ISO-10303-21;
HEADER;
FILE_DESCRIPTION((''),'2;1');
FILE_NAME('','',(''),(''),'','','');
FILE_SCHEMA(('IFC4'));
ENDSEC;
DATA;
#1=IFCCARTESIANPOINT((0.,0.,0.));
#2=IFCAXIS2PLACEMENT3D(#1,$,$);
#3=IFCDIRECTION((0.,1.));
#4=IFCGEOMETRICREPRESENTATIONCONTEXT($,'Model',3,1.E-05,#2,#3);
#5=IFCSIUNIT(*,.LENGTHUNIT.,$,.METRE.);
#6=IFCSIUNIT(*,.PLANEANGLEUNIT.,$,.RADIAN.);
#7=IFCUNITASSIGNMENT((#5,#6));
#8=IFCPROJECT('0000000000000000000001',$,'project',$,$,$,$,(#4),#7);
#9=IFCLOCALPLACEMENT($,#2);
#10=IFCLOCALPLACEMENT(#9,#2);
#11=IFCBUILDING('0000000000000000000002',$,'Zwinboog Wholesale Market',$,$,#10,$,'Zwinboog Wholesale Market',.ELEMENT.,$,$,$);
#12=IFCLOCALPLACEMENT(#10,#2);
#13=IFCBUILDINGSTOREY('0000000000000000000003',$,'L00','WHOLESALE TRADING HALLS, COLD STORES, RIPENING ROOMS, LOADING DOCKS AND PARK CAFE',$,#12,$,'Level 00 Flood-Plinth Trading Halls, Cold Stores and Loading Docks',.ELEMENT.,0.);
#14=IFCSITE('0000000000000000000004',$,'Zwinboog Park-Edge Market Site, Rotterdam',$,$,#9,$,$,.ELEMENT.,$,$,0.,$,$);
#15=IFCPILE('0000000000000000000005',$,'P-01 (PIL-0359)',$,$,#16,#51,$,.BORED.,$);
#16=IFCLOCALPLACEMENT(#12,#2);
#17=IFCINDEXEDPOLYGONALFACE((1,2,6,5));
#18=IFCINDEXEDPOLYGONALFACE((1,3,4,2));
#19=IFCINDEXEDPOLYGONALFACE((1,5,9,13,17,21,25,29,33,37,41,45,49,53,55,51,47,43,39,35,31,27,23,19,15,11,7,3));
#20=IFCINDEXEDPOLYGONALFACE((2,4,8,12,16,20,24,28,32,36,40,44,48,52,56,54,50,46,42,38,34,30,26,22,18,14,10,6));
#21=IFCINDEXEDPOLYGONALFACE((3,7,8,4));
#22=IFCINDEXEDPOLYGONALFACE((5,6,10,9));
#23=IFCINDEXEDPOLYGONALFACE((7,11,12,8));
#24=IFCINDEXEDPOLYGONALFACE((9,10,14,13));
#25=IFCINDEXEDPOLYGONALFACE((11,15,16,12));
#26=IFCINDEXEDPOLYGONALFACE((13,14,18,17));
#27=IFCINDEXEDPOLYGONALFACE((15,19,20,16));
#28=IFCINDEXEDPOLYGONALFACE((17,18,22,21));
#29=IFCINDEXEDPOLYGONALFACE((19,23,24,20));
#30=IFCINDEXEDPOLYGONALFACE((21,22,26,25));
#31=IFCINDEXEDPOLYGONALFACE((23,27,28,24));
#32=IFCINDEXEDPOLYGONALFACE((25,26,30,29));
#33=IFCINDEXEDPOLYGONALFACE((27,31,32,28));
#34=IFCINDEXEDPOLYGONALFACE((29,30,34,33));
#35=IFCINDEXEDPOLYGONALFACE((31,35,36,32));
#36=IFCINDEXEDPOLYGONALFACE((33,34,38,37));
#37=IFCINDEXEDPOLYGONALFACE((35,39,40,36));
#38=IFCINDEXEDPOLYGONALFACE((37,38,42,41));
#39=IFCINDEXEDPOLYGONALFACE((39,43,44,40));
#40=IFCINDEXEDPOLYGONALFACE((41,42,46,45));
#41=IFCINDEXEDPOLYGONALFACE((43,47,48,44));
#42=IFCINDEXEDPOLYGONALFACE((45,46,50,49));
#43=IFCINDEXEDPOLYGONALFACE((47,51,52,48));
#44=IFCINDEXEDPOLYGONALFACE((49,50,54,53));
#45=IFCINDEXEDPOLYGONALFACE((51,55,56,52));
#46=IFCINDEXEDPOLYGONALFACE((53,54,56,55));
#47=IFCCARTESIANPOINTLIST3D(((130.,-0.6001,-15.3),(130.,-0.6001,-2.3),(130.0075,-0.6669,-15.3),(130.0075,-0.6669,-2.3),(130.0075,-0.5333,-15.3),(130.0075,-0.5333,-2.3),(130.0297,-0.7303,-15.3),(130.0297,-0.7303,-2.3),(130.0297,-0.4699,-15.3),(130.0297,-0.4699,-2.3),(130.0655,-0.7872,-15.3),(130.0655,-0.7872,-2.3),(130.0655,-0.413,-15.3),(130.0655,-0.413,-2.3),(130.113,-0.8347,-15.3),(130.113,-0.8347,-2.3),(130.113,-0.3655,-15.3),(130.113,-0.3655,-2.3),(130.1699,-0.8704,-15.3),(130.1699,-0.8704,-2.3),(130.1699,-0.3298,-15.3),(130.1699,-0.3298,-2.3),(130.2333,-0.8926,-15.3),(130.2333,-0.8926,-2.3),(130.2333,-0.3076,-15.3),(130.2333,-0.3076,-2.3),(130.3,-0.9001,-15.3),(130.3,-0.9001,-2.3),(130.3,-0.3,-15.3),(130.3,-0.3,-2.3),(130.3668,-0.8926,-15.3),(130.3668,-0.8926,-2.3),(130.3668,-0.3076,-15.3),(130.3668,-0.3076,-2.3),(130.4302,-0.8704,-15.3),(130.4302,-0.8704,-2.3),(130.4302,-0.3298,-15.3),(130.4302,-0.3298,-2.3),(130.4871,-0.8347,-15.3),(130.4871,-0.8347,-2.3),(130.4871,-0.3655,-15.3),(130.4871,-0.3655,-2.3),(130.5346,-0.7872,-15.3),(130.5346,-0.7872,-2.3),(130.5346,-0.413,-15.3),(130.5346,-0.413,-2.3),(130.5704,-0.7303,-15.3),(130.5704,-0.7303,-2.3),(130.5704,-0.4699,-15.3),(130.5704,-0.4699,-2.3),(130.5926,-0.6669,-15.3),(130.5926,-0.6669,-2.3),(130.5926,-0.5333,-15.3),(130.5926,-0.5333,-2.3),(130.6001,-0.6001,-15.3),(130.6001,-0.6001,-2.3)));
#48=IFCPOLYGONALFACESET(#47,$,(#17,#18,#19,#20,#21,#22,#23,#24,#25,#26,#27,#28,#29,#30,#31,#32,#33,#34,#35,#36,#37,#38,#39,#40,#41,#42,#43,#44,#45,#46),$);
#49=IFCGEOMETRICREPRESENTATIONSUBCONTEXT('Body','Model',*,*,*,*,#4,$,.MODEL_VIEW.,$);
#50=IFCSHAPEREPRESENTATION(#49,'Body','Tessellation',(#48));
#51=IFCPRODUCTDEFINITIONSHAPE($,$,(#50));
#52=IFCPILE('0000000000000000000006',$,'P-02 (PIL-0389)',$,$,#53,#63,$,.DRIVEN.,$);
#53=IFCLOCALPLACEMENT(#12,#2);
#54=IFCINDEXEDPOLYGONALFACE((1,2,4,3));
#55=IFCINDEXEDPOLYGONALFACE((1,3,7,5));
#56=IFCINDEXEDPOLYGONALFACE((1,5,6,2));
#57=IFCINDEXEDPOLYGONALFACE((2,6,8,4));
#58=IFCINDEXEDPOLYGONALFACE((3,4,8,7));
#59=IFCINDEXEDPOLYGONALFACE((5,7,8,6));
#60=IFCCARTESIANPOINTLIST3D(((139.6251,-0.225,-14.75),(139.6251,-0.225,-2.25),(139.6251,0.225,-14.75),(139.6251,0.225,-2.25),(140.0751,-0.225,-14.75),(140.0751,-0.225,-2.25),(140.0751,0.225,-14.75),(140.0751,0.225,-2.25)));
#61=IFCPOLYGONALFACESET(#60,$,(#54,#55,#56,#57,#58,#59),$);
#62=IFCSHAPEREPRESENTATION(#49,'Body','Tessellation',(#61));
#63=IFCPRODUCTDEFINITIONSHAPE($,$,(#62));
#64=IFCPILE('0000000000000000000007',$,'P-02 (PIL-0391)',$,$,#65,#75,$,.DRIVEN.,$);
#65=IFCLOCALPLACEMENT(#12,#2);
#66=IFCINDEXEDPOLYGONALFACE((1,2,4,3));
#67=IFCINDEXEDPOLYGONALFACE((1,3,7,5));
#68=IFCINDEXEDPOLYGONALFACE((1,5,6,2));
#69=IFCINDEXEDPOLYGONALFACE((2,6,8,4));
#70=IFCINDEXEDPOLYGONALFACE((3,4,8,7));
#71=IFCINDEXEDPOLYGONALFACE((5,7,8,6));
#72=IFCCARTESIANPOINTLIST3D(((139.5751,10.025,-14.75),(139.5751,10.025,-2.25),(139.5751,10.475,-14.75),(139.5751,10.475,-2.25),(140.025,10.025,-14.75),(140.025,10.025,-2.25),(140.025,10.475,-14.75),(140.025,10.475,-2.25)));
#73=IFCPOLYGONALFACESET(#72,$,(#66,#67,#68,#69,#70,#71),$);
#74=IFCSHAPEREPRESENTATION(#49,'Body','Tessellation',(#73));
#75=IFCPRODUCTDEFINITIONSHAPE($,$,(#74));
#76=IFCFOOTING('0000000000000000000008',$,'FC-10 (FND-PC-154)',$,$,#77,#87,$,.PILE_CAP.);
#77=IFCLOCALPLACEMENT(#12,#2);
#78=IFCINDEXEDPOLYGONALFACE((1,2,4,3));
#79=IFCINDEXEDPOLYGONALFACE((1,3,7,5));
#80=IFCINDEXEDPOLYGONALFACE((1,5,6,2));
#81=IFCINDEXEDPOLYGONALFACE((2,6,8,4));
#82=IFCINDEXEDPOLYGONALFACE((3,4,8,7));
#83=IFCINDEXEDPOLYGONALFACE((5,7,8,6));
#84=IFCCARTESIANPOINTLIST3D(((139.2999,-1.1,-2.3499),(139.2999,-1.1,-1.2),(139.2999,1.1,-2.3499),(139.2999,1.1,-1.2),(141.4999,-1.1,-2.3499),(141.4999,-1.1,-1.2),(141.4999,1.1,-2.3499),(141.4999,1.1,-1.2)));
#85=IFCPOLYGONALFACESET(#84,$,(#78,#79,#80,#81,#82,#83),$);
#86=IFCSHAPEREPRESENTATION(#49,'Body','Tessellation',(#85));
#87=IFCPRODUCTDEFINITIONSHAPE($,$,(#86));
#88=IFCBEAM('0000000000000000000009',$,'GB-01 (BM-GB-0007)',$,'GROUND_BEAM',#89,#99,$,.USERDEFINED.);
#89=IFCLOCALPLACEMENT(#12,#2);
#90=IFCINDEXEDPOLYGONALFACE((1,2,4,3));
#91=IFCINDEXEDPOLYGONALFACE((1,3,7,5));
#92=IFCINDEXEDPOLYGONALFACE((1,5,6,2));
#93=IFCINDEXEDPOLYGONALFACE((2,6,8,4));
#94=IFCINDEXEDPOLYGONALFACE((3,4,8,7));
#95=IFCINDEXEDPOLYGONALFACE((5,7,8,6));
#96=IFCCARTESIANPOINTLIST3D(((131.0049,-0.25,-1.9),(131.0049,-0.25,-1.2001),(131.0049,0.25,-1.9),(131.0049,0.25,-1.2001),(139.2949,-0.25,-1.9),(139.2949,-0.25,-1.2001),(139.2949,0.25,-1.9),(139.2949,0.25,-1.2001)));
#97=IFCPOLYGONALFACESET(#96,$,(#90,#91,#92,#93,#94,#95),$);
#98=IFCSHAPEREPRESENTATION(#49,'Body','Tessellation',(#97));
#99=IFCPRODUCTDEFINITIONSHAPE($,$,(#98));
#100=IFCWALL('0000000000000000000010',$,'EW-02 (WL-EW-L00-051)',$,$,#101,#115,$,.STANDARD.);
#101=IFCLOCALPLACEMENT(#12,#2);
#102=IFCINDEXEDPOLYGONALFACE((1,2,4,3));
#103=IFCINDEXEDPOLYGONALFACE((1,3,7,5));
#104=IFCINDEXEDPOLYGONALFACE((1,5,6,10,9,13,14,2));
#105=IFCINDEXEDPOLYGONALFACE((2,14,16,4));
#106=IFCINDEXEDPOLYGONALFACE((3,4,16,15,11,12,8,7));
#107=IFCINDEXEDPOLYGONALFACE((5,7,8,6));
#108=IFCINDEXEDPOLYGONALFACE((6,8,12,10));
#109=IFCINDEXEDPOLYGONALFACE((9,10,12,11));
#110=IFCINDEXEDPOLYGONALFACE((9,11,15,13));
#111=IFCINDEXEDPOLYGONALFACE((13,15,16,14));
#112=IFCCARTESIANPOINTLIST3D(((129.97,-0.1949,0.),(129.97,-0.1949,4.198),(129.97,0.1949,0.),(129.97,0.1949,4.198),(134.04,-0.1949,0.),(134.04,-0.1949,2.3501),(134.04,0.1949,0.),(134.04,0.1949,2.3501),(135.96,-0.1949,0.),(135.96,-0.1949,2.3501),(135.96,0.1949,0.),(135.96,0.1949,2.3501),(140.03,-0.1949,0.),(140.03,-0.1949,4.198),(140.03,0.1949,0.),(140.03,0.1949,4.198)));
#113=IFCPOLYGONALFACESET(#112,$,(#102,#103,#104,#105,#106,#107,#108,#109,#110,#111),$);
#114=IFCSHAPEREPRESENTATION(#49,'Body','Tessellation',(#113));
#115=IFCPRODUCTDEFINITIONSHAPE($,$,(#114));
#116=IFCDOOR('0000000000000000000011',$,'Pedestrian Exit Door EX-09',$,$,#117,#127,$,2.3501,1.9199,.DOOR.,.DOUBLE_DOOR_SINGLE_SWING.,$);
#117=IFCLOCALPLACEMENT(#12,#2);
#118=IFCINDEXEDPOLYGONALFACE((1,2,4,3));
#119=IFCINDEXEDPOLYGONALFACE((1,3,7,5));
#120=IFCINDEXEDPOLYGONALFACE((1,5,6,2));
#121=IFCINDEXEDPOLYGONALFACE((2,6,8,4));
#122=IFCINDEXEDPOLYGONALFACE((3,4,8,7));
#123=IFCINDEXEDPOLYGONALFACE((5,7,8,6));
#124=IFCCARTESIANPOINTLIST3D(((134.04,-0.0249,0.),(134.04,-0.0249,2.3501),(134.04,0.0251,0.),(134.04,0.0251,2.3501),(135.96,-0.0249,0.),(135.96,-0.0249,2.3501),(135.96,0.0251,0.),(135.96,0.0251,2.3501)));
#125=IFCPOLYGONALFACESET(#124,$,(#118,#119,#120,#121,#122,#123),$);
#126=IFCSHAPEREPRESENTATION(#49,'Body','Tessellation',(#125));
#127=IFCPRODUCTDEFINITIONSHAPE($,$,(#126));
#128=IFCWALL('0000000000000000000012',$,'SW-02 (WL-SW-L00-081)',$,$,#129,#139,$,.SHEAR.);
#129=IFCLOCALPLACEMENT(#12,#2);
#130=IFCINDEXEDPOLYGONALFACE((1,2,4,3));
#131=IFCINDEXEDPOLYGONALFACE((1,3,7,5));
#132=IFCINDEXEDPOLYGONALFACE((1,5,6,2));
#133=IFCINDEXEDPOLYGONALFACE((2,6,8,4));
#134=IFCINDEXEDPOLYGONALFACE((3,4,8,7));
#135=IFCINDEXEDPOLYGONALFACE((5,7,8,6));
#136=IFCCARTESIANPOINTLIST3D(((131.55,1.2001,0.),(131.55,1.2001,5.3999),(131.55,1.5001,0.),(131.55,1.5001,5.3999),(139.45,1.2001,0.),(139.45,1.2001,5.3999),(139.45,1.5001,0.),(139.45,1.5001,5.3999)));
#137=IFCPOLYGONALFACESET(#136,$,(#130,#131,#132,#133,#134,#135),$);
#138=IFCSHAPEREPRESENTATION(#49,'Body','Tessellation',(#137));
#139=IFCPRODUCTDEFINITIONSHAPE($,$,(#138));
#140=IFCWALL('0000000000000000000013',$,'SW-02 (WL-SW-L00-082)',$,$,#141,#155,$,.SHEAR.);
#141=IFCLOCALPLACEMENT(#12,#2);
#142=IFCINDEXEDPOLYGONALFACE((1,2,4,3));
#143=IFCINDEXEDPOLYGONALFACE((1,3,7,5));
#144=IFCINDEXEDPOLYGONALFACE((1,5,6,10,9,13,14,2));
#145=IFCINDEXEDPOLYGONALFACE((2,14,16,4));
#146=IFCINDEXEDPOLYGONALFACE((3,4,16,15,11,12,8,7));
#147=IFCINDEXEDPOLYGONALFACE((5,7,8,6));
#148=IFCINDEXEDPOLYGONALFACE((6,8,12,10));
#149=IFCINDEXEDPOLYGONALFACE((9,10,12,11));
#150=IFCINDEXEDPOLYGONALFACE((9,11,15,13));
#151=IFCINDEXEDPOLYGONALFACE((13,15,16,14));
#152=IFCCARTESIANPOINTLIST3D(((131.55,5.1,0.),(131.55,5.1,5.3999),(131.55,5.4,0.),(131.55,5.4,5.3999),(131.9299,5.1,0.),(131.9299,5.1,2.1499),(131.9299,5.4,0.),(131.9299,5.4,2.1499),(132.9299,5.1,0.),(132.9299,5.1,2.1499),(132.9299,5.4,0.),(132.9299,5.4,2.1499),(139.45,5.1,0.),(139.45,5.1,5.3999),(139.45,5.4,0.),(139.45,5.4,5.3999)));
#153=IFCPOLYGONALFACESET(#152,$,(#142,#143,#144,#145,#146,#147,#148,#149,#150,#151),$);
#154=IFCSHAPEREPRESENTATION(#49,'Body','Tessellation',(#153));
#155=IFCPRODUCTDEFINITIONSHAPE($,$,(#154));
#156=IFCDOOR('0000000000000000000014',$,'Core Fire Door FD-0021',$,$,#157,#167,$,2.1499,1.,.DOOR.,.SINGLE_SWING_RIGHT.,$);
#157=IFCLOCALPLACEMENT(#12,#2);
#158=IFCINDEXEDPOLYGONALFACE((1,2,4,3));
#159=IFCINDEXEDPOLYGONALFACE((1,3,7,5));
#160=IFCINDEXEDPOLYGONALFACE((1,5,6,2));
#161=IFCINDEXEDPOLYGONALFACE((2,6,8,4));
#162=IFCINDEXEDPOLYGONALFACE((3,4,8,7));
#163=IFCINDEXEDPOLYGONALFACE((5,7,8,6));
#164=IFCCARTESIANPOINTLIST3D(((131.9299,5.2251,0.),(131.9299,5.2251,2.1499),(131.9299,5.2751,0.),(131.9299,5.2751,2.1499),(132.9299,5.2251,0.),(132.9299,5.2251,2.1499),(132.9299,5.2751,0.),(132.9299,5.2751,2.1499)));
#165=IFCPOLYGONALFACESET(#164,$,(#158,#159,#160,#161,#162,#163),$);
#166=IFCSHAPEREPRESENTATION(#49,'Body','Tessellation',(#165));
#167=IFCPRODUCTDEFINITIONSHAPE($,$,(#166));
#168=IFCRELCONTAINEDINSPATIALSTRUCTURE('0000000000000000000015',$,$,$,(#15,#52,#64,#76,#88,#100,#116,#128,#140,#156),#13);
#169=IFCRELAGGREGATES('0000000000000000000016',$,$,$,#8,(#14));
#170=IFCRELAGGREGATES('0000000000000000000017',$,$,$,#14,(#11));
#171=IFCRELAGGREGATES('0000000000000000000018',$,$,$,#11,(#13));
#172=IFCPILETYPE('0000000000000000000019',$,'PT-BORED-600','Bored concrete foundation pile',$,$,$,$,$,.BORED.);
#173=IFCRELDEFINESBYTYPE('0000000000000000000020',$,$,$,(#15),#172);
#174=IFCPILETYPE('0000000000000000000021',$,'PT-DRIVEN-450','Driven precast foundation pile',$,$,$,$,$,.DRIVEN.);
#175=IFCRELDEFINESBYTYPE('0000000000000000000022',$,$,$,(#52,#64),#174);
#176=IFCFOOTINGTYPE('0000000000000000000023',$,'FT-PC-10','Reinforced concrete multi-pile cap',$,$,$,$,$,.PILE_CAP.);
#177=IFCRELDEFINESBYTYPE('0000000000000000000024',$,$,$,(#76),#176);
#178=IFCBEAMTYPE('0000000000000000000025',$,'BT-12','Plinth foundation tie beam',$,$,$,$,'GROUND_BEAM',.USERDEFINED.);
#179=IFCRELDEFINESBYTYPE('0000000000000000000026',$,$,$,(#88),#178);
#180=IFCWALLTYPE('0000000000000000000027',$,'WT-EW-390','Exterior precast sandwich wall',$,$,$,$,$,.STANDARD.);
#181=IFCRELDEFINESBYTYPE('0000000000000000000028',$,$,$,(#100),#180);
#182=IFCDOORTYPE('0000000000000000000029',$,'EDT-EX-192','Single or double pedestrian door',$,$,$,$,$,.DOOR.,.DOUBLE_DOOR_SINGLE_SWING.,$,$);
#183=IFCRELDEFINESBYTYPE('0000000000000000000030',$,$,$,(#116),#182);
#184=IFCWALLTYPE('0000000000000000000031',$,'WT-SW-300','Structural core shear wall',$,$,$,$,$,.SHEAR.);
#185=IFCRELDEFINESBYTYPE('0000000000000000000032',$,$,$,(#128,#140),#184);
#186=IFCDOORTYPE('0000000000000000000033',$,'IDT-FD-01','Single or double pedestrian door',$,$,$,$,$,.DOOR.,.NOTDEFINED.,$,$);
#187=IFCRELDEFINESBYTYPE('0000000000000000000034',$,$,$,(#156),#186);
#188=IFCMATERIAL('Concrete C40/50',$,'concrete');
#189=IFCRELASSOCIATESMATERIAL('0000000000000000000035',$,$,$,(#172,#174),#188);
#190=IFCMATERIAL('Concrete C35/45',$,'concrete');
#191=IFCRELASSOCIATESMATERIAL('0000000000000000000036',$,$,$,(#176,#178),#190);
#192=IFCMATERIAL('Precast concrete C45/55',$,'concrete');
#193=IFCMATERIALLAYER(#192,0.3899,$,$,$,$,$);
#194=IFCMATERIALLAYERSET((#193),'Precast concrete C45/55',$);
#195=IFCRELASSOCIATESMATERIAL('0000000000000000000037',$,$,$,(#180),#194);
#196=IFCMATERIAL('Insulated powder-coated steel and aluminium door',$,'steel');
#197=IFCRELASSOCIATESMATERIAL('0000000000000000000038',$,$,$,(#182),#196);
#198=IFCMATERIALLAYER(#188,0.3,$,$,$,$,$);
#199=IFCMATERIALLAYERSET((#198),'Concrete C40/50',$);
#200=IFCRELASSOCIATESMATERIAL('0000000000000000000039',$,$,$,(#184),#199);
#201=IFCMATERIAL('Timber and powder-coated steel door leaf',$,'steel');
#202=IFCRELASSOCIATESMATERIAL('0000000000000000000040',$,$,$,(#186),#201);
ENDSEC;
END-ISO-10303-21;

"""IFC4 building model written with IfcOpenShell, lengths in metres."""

from ifc_helpers import new_model, si_unit, direction, frame, frame_2d, origin, origin_2d, place, context, subcontext, project, spatial, rectangle, circle, extrude, material, layer, layer_set, material_profile, profile_set, type_object, element, fill, save


model = new_model("IFC4")

# Units and contexts
model_context = context("Model", 3, precision=1e-05, world=origin(), true_north=direction((0.0, 1.0)))
body_context = subcontext(model_context, "Body", "Model", "MODEL_VIEW")
ifc_project = project(units=[si_unit("LENGTHUNIT", "METRE"), si_unit("PLANEANGLEUNIT", "RADIAN")], contexts=[model_context])

# Site, building, storey
site_placement = place(None, origin())
site = spatial("IfcSite", under=ifc_project, at=site_placement, Name="Zwinboog Park-Edge Market Site, Rotterdam", CompositionType="ELEMENT", RefElevation=0.0)
building_placement = place(site_placement, origin())
building = spatial("IfcBuilding", under=site, at=building_placement, Name="Zwinboog Wholesale Market", LongName="Zwinboog Wholesale Market", CompositionType="ELEMENT")
storey_placement = place(building_placement, origin())
storey = spatial("IfcBuildingStorey", under=building, at=storey_placement, Name="L00", Description="WHOLESALE TRADING HALLS, COLD STORES, RIPENING ROOMS, LOADING DOCKS AND PARK CAFE", LongName="Level 00 Flood-Plinth Trading Halls, Cold Stores and Loading Docks", CompositionType="ELEMENT", Elevation=0.0)

# Piles
ifc_material_1 = material(Name="Concrete C40/50", Category="concrete")
ifc_material_profile_1 = material_profile(ifc_material_1, circle(Radius=0.3, at=origin_2d()), Name="PILE D600")
ifc_profile_set_1 = profile_set([ifc_material_profile_1], Name="Concrete C40/50")
pile_type_1 = type_object("IfcPileType", Name="PT-BORED-600", Description="Bored concrete foundation pile", PredefinedType="BORED", material=ifc_profile_set_1)
pile_placement = place(storey_placement, frame((130.3, -0.6001, -2.3), z_axis=(0.0, 0.0, -1.0), x_axis=(1.0, 0.0, 0.0)))
element("IfcPile", 1, at=pile_placement, inside=storey, type_object=pile_type_1, Name="P-01 (PIL-0359)", PredefinedType="BORED", context=body_context, shape_type="SweptSolid", body=[
    extrude(circle(Radius=0.3, at=origin_2d()), origin(), (0.0, 0.0, 1.0), 13.0),
])
ifc_material_profile_2 = material_profile(ifc_material_1, rectangle(XDim=0.45, YDim=0.45, at=origin_2d()), Name="PILE SQ450")
ifc_profile_set_2 = profile_set([ifc_material_profile_2], Name="Concrete C40/50")
pile_type_2 = type_object("IfcPileType", Name="PT-DRIVEN-450", Description="Driven precast foundation pile", PredefinedType="DRIVEN", material=ifc_profile_set_2)
for number, where, z_axis, x_axis, name in (
    (2, (139.8501, 0.0, -2.25), (0.0, 0.0, -1.0), (1.0, 0.0, 0.0), "P-02 (PIL-0389)"),
    (3, (139.8, 10.25, -2.25), (0.0, 0.0, -1.0), (1.0, 0.0, 0.0), "P-02 (PIL-0391)"),
):
    element("IfcPile", number, at=place(storey_placement, frame(where, z_axis=z_axis, x_axis=x_axis)), inside=storey, type_object=pile_type_2, Name=name, PredefinedType="DRIVEN", context=body_context, shape_type="SweptSolid", body=[
        extrude(rectangle(XDim=0.45, YDim=0.45, at=origin_2d()), origin(), (0.0, 0.0, 1.0), 12.5),
    ])

# Footing
ifc_material_2 = material(Name="Concrete C35/45", Category="concrete")
footing_type = type_object("IfcFootingType", Name="FT-PC-10", Description="Reinforced concrete multi-pile cap", PredefinedType="PILE_CAP", material=ifc_material_2)
footing_placement = place(storey_placement, frame((140.3999, 0.0, -2.3499), z_axis=(0.0, 0.0, 1.0), x_axis=(1.0, 0.0, 0.0)))
element("IfcFooting", 4, at=footing_placement, inside=storey, type_object=footing_type, Name="FC-10 (FND-PC-154)", PredefinedType="PILE_CAP", context=body_context, shape_type="SweptSolid", body=[
    extrude(rectangle(XDim=2.2, YDim=2.2, at=origin_2d()), origin(), (0.0, 0.0, 1.0), 1.1499),
])

# Beam
ifc_material_profile_3 = material_profile(ifc_material_2, rectangle(XDim=0.5, YDim=0.7, at=origin_2d()), Name="RC 500x700")
ifc_profile_set_3 = profile_set([ifc_material_profile_3], Name="Concrete C35/45")
beam_type = type_object("IfcBeamType", Name="BT-12", Description="Plinth foundation tie beam", ElementType="GROUND_BEAM", PredefinedType="USERDEFINED", material=ifc_profile_set_3)
beam_placement = place(storey_placement, frame((131.0049, 0.0, -1.55), z_axis=(1.0, 0.0, 0.0), x_axis=(0.0, 1.0, 0.0)))
element("IfcBeam", 5, at=beam_placement, inside=storey, type_object=beam_type, Name="GB-01 (BM-GB-0007)", ObjectType="GROUND_BEAM", PredefinedType="USERDEFINED", context=body_context, shape_type="SweptSolid", body=[
    extrude(rectangle(XDim=0.5, YDim=0.7, at=origin_2d()), origin(), (0.0, 0.0, 1.0), 8.29),
])

# Wall, opening, door
ifc_material_3 = material(Name="Precast concrete C45/55", Category="concrete")
ifc_layer_1 = layer(ifc_material_3, 0.3899)
ifc_layer_set_1 = layer_set([ifc_layer_1], Name="Precast concrete C45/55")
wall_type_1 = type_object("IfcWallType", Name="WT-EW-390", Description="Exterior precast sandwich wall", PredefinedType="STANDARD", material=ifc_layer_set_1)
wall_1_placement = place(storey_placement, frame((129.97, 0.0, 0.0), z_axis=(0.0, 0.0, 1.0), x_axis=(1.0, 0.0, 0.0)))
wall_1 = element("IfcWall", 6, at=wall_1_placement, inside=storey, type_object=wall_type_1, Name="EW-02 (WL-EW-L00-051)", PredefinedType="STANDARD", context=body_context, shape_type="SweptSolid", body=[
    extrude(rectangle(XDim=10.0601, YDim=0.3899, at=frame_2d((5.03, 0.0))), origin(), (0.0, 0.0, 1.0), 4.198),
])
opening_1_placement = place(wall_1_placement, frame((4.0701, 0.0, 0.0)))
opening_1 = element("IfcOpeningElement", 7, at=opening_1_placement, cuts=wall_1, PredefinedType="OPENING", context=body_context, shape_type="SweptSolid", body=[
    extrude(rectangle(XDim=1.9199, YDim=2.3501, at=frame_2d((0.96, 1.175))), frame((0.0, 0.2048, 0.0), z_axis=(0.0, -1.0, 0.0), x_axis=(1.0, 0.0, 0.0)), (0.0, 0.0, 1.0), 0.4099),
])
ifc_material_4 = material(Name="Insulated powder-coated steel and aluminium door", Category="steel")
door_type_1 = type_object("IfcDoorType", Name="EDT-EX-192", Description="Single or double pedestrian door", OperationType="DOUBLE_DOOR_SINGLE_SWING", PredefinedType="DOOR", material=ifc_material_4)
door_1_placement = place(opening_1_placement, frame((1.9199, 0.0, 0.0), z_axis=(0.0, 0.0, 1.0), x_axis=(-1.0, 0.0, 0.0)))
door_1 = element("IfcDoor", 8, at=door_1_placement, inside=storey, type_object=door_type_1, Name="Pedestrian Exit Door EX-09", OperationType="DOUBLE_DOOR_SINGLE_SWING", OverallHeight=2.3501, OverallWidth=1.9199, PredefinedType="DOOR", context=body_context, shape_type="SweptSolid", body=[
    extrude(rectangle(XDim=1.9199, YDim=2.3501, at=frame_2d((0.96, 1.175))), frame((0.0, 0.0249, 0.0), z_axis=(0.0, -1.0, 0.0), x_axis=(1.0, 0.0, 0.0)), (0.0, 0.0, 1.0), 0.05),
])
fill(opening_1, door_1)

# Wall
ifc_layer_2 = layer(ifc_material_1, 0.3)
ifc_layer_set_2 = layer_set([ifc_layer_2], Name="Concrete C40/50")
wall_type_2 = type_object("IfcWallType", Name="WT-SW-300", Description="Structural core shear wall", PredefinedType="SHEAR", material=ifc_layer_set_2)
wall_2_placement = place(storey_placement, frame((131.55, 1.3501, 0.0), z_axis=(0.0, 0.0, 1.0), x_axis=(1.0, 0.0, 0.0)))
element("IfcWall", 9, at=wall_2_placement, inside=storey, type_object=wall_type_2, Name="SW-02 (WL-SW-L00-081)", PredefinedType="SHEAR", context=body_context, shape_type="SweptSolid", body=[
    extrude(rectangle(XDim=7.8999, YDim=0.3, at=frame_2d((3.95, 0.0))), origin(), (0.0, 0.0, 1.0), 5.3999),
])

# Wall, opening, door
wall_3_placement = place(storey_placement, frame((131.55, 5.25, 0.0), z_axis=(0.0, 0.0, 1.0), x_axis=(1.0, 0.0, 0.0)))
wall_3 = element("IfcWall", 10, at=wall_3_placement, inside=storey, type_object=wall_type_2, Name="SW-02 (WL-SW-L00-082)", PredefinedType="SHEAR", context=body_context, shape_type="SweptSolid", body=[
    extrude(rectangle(XDim=7.8999, YDim=0.3, at=frame_2d((3.95, 0.0))), origin(), (0.0, 0.0, 1.0), 5.3999),
])
opening_2_placement = place(wall_3_placement, frame((0.3799, 0.0, 0.0)))
opening_2 = element("IfcOpeningElement", 11, at=opening_2_placement, cuts=wall_3, PredefinedType="OPENING", context=body_context, shape_type="SweptSolid", body=[
    extrude(rectangle(XDim=1.0, YDim=2.1499, at=frame_2d((0.5, 1.075))), frame((0.0, 0.1599, 0.0), z_axis=(0.0, -1.0, 0.0), x_axis=(1.0, 0.0, 0.0)), (0.0, 0.0, 1.0), 0.3201),
])
ifc_material_5 = material(Name="Timber and powder-coated steel door leaf", Category="steel")
door_type_2 = type_object("IfcDoorType", Name="IDT-FD-01", Description="Single or double pedestrian door", OperationType="NOTDEFINED", PredefinedType="DOOR", material=ifc_material_5)
door_2_placement = place(opening_2_placement, frame((1.0, 0.0, 0.0), z_axis=(0.0, 0.0, 1.0), x_axis=(-1.0, 0.0, 0.0)))
door_2 = element("IfcDoor", 12, at=door_2_placement, inside=storey, type_object=door_type_2, Name="Core Fire Door FD-0021", OperationType="SINGLE_SWING_RIGHT", OverallHeight=2.1499, OverallWidth=1.0, PredefinedType="DOOR", context=body_context, shape_type="SweptSolid", body=[
    extrude(rectangle(XDim=1.0, YDim=2.1499, at=frame_2d((0.5, 1.075))), frame((0.0, 0.0249, 0.0), z_axis=(0.0, -1.0, 0.0), x_axis=(1.0, 0.0, 0.0)), (0.0, 0.0, 1.0), 0.05),
])
fill(opening_2, door_2)

save(model, "model.ifc")
